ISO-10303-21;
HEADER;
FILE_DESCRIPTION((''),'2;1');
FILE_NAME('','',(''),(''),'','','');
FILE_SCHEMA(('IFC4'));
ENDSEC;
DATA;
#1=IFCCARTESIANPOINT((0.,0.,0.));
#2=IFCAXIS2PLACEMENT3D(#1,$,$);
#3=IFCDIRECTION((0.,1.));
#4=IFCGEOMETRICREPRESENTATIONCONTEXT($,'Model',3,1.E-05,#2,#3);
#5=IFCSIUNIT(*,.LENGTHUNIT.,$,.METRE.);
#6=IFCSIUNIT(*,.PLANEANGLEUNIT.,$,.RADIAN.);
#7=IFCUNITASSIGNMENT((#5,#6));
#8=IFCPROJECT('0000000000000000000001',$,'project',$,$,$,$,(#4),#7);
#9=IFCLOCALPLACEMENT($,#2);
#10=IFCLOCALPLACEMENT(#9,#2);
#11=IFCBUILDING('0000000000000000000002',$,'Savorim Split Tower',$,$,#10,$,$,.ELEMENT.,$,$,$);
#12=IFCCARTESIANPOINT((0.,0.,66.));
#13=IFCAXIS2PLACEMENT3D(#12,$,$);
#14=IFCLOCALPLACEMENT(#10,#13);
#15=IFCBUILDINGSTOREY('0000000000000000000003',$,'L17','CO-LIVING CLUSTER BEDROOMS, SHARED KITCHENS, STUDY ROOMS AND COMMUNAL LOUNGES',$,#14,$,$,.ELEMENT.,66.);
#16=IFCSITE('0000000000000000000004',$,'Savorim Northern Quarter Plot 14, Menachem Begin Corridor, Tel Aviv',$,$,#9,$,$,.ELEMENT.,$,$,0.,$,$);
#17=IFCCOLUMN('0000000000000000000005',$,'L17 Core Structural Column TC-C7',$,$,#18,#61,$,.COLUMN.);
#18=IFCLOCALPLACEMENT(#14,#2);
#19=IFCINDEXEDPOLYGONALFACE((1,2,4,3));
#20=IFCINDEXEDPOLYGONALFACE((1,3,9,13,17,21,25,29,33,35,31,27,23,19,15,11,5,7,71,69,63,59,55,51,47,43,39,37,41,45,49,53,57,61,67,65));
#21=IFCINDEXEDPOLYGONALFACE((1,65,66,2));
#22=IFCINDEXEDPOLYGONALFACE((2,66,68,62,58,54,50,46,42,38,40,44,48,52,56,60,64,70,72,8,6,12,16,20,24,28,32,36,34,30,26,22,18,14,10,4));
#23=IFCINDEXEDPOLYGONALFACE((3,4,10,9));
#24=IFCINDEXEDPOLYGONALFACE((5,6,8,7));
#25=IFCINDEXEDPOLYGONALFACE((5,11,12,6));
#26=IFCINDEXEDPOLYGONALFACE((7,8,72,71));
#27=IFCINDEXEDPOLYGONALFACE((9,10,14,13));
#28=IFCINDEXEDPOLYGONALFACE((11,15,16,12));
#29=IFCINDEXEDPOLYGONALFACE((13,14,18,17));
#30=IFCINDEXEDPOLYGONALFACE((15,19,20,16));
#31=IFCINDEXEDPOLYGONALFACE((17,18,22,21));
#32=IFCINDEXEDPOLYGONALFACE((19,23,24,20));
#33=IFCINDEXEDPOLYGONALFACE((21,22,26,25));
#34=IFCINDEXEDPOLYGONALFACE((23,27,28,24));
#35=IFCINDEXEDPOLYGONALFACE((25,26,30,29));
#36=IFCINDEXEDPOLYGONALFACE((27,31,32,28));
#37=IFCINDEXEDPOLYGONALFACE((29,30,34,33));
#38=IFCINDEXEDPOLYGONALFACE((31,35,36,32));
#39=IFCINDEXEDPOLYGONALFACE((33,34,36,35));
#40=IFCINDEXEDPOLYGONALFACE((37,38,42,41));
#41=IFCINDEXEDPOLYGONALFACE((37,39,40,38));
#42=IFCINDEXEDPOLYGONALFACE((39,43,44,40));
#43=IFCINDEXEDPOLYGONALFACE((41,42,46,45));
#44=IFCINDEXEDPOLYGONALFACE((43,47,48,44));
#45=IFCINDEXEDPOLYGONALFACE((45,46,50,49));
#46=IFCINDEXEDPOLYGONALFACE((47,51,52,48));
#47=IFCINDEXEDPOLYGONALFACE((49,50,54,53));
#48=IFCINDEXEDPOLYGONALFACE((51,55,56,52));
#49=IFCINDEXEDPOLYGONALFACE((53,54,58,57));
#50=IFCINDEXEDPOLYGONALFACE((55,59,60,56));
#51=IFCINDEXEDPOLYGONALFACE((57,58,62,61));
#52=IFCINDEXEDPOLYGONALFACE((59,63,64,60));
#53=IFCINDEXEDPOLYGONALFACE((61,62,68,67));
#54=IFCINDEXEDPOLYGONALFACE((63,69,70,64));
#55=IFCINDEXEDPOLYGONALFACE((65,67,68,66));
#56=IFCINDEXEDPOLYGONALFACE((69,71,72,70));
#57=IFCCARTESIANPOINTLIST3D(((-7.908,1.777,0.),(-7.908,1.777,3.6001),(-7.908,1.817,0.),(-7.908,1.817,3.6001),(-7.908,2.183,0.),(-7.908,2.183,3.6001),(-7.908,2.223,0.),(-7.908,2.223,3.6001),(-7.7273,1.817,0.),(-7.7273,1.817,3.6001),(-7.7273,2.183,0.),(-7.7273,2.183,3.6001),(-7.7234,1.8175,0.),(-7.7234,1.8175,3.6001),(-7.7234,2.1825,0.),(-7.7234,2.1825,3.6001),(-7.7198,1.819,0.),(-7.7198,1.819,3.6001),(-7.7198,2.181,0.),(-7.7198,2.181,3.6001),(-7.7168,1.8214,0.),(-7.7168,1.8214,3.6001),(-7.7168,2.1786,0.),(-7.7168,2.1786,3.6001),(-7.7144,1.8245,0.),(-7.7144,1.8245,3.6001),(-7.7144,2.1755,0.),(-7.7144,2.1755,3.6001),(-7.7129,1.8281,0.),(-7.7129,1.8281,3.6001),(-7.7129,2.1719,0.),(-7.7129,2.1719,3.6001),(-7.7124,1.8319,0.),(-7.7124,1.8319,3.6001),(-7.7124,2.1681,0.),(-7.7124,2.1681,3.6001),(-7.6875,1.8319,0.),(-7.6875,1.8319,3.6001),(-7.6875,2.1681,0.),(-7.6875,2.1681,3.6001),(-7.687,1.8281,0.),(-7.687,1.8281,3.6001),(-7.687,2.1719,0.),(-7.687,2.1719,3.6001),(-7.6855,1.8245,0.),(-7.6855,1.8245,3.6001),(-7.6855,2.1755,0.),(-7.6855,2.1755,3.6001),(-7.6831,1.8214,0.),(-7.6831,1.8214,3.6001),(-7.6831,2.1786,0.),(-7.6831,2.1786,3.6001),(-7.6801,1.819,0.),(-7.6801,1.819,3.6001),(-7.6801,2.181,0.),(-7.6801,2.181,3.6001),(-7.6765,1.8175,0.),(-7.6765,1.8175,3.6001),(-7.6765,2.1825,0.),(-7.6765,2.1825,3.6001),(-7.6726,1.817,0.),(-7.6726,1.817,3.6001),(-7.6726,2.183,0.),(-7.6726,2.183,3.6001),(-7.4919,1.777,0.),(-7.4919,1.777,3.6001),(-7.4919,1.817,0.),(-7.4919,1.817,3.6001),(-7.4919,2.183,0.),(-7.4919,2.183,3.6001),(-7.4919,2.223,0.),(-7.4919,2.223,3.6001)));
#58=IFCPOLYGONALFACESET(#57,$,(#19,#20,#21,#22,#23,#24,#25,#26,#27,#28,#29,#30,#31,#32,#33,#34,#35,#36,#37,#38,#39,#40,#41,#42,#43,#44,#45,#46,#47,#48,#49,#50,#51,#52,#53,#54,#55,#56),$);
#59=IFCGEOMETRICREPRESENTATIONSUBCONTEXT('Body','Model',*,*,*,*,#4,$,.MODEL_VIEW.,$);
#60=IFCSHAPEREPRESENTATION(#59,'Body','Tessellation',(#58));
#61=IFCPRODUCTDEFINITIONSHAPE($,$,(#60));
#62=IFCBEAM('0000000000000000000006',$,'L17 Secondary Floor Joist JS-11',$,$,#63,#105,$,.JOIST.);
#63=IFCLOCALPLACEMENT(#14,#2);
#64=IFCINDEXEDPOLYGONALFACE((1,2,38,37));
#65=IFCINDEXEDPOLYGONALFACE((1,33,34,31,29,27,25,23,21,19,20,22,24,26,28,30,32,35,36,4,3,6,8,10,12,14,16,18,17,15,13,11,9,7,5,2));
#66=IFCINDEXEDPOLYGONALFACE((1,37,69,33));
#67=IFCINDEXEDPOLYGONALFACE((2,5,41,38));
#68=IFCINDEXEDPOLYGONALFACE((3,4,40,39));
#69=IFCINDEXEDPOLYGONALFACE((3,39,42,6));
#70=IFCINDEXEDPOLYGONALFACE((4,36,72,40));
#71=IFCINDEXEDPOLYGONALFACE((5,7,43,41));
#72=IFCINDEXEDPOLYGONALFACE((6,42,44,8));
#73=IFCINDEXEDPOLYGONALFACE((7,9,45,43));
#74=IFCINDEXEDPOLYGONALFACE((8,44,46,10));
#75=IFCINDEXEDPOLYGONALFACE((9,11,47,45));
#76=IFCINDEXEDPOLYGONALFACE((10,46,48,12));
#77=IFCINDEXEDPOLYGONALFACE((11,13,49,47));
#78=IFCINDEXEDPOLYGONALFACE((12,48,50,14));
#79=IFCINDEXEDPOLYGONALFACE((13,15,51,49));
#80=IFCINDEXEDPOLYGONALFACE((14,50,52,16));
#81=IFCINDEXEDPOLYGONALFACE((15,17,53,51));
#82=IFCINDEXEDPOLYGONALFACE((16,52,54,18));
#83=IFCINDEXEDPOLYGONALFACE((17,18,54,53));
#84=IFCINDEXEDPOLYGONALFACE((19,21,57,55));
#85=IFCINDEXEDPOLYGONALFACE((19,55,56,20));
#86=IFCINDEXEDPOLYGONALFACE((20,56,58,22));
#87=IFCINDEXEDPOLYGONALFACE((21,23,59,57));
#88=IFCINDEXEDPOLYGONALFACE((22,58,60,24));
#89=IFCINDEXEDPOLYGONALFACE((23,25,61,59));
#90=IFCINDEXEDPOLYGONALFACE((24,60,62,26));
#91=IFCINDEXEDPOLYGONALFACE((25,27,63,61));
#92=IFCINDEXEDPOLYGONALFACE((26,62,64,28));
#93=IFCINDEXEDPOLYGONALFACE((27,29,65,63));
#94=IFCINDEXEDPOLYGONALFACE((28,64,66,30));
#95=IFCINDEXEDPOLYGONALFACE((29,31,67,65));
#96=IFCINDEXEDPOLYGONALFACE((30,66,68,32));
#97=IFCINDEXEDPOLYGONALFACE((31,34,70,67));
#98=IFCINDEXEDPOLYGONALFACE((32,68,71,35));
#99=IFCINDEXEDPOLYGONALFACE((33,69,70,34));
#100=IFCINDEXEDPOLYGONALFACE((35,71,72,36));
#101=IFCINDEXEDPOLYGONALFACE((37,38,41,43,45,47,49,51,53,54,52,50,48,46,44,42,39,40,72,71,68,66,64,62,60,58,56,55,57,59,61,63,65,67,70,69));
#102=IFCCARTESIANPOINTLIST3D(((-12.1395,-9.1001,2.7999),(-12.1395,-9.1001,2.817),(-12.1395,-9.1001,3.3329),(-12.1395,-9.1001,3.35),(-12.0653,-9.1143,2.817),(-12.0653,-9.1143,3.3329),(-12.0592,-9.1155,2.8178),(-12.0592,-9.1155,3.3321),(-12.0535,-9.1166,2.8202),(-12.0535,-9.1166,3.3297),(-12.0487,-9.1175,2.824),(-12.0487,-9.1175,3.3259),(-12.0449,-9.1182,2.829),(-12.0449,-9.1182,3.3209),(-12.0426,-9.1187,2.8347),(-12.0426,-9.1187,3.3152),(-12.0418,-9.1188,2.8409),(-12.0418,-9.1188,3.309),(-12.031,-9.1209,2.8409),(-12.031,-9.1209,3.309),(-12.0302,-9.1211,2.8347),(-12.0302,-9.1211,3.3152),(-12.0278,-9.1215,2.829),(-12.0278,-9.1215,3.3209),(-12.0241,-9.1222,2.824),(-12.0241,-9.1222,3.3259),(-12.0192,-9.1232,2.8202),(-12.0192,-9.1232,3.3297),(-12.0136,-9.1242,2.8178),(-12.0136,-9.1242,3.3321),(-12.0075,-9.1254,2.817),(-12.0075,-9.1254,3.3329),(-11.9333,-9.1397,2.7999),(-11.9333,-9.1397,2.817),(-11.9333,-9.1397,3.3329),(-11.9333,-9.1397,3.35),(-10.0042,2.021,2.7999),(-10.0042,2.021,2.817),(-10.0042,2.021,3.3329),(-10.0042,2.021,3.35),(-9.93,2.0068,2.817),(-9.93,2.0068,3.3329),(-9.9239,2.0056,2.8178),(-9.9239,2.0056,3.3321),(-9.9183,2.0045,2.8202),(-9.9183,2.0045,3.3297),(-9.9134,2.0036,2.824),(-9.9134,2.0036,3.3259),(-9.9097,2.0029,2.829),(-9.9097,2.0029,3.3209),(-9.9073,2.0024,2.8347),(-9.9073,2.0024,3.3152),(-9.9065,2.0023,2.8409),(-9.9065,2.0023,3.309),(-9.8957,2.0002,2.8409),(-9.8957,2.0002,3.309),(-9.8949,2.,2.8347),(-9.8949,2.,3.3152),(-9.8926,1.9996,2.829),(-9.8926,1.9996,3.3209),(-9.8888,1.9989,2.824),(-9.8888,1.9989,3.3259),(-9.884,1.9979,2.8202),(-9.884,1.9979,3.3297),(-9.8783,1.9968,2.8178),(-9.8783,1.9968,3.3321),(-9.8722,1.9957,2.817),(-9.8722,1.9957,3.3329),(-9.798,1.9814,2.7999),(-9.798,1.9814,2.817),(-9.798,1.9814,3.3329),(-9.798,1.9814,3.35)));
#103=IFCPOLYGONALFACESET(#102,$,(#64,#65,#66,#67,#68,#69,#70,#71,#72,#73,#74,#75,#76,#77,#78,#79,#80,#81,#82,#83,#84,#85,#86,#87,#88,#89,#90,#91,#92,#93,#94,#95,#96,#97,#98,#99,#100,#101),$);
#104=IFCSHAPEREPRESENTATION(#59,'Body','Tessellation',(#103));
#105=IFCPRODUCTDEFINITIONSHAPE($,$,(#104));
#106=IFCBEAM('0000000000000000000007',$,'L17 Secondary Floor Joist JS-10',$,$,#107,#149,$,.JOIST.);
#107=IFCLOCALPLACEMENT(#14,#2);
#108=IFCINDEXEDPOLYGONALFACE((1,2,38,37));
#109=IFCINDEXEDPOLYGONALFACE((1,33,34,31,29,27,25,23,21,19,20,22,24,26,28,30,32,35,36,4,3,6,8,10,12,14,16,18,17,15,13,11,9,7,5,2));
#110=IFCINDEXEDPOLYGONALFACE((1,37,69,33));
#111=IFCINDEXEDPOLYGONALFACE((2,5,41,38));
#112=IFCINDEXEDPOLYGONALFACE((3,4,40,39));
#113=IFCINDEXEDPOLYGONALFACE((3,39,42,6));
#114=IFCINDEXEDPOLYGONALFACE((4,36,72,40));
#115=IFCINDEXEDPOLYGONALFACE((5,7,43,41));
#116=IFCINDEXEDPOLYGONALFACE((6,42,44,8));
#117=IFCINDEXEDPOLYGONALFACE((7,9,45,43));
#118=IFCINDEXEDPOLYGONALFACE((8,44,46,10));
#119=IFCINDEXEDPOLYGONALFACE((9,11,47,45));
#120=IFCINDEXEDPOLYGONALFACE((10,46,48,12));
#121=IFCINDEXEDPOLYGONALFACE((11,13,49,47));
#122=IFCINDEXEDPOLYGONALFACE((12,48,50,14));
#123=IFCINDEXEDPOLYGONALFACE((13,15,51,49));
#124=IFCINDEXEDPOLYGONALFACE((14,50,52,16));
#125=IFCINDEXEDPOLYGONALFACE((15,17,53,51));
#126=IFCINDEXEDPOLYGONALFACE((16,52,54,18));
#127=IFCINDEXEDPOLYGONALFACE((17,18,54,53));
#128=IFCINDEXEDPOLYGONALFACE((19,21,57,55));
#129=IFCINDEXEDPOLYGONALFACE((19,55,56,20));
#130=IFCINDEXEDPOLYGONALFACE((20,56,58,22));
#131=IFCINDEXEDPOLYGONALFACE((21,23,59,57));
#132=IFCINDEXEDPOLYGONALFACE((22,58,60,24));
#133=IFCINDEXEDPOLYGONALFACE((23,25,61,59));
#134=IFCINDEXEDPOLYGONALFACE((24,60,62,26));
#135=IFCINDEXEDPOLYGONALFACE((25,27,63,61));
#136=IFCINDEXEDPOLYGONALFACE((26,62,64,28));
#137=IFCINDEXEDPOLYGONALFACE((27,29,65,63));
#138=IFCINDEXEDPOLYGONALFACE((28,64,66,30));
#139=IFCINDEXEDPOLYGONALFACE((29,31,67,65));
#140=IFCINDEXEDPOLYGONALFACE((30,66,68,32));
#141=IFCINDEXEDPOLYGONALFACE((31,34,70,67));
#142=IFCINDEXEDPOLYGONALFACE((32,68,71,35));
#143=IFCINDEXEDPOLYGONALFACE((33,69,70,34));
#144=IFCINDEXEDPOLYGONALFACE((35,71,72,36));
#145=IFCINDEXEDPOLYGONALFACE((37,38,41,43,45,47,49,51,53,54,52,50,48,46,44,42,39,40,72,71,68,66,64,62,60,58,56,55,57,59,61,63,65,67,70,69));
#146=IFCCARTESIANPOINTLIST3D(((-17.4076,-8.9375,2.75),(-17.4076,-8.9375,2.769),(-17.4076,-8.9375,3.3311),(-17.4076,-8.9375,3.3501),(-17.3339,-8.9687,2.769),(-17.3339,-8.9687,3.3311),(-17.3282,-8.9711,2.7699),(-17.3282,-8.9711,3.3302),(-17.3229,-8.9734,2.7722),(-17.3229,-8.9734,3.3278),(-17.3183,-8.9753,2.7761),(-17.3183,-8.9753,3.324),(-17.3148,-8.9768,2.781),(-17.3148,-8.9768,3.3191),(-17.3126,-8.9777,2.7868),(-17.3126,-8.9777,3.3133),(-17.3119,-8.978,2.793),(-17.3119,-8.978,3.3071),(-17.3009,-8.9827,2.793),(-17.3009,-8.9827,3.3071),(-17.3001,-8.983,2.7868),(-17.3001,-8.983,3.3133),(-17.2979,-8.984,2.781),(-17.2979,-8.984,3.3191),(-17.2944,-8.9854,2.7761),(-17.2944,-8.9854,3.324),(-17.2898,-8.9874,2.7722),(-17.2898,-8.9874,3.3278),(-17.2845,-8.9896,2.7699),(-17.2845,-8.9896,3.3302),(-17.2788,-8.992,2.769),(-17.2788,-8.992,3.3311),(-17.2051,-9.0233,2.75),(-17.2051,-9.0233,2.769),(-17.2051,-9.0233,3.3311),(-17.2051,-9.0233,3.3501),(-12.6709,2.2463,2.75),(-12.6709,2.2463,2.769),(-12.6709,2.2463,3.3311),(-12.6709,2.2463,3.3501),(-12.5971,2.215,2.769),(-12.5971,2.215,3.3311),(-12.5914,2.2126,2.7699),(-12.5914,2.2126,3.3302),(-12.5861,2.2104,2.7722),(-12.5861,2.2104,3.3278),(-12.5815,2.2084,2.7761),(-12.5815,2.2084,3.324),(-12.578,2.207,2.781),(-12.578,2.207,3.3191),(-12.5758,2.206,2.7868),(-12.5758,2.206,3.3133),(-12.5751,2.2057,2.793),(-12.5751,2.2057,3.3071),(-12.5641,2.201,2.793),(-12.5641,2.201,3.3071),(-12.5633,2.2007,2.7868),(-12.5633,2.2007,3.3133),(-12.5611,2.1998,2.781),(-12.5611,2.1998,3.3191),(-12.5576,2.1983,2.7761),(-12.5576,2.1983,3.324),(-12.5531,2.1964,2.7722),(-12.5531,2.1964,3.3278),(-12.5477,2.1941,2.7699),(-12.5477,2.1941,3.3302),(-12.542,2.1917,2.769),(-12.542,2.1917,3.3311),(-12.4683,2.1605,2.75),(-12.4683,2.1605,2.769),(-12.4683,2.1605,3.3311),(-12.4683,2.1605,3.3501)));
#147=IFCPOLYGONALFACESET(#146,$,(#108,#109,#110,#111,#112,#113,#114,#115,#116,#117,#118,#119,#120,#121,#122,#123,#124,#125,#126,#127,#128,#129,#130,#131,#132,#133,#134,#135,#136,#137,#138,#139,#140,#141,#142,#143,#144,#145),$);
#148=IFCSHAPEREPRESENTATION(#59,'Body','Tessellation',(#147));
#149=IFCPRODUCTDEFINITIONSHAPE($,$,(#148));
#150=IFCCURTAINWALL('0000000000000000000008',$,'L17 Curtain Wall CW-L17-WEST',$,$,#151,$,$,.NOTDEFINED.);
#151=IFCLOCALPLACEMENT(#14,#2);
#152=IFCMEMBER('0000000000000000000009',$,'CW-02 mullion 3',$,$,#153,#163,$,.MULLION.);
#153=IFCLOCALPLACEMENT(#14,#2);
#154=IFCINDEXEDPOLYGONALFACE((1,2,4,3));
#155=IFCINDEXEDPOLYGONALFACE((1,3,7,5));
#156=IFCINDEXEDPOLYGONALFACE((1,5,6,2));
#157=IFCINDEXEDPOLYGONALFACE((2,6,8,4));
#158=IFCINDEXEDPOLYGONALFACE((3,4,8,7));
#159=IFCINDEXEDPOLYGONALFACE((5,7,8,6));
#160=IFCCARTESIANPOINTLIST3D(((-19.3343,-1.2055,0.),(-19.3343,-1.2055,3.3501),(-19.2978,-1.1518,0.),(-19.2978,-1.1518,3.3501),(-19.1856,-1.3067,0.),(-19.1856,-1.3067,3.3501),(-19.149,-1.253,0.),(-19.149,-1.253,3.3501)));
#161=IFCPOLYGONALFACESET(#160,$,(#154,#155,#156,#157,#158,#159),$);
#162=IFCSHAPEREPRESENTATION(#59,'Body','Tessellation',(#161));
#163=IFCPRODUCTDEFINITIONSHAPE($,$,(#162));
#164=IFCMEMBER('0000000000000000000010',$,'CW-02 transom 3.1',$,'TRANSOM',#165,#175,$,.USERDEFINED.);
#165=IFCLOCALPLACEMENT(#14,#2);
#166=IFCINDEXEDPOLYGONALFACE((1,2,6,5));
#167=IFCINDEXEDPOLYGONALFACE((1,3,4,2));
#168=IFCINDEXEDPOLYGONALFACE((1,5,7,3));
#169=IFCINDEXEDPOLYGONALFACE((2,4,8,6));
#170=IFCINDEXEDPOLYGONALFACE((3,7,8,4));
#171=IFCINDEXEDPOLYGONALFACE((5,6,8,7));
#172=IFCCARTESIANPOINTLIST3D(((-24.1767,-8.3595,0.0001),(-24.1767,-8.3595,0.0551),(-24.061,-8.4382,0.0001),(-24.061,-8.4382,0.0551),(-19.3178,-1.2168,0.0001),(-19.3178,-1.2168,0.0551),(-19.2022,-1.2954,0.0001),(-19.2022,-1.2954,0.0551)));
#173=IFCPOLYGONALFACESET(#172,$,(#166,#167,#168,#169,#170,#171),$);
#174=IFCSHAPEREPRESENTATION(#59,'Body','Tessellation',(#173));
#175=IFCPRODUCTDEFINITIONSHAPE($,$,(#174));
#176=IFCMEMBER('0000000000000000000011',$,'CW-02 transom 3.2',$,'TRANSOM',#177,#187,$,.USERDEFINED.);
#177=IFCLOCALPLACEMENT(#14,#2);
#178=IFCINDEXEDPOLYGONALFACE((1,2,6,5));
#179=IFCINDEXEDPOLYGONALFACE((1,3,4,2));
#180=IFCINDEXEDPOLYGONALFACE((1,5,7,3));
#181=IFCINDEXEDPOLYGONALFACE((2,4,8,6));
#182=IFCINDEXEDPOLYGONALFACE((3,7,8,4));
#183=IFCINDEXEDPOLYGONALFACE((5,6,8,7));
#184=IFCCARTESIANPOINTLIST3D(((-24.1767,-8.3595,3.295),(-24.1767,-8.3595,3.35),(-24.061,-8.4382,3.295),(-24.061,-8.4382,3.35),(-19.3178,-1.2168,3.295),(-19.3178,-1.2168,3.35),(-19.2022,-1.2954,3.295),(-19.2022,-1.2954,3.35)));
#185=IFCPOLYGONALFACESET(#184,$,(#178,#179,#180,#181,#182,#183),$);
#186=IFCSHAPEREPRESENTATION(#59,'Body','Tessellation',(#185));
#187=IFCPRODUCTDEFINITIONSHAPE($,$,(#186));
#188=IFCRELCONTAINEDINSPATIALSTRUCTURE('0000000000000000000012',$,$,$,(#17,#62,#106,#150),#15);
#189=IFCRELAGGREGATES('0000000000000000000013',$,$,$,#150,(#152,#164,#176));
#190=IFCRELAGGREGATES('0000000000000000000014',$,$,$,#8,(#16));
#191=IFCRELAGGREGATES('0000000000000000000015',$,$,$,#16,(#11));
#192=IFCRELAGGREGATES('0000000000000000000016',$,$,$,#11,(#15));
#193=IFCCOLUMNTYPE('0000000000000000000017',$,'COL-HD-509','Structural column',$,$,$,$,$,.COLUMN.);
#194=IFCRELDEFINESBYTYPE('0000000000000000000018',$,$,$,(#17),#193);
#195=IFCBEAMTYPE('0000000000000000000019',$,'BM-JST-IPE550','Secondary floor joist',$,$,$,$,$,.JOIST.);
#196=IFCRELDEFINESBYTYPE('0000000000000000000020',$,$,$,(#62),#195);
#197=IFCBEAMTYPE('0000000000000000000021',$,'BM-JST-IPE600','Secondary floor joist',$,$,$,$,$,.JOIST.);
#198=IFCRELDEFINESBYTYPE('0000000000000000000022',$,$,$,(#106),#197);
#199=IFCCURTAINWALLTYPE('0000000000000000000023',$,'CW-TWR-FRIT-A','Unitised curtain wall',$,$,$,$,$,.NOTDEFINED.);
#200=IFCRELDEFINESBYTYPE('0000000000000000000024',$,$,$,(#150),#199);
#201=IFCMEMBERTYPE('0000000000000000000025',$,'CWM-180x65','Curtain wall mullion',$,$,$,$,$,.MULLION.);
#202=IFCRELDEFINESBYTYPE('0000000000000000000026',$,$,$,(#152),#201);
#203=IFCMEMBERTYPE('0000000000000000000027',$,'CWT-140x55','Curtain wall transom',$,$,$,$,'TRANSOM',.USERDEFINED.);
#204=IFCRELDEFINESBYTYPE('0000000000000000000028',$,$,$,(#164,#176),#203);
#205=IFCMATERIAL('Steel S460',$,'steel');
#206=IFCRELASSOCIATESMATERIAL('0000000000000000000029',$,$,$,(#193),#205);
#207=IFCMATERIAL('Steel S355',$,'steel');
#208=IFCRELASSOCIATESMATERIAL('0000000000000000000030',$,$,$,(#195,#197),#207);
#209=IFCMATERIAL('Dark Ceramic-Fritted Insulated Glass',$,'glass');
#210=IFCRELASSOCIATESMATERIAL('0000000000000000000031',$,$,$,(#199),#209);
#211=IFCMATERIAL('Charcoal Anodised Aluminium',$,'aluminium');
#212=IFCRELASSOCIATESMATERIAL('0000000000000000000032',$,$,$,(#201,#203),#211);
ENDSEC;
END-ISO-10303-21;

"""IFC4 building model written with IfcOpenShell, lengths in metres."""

from ifc_helpers import new_model, si_unit, direction, frame, origin, origin_2d, place, context, subcontext, project, spatial, rectangle, i_section, extrude, material, material_profile, profile_set, type_object, element, aggregate, save


model = new_model("IFC4")

# Units and contexts
model_context = context("Model", 3, precision=1e-05, world=origin(), true_north=direction((0.0, 1.0)))
body_context = subcontext(model_context, "Body", "Model", "MODEL_VIEW")
ifc_project = project(units=[si_unit("LENGTHUNIT", "METRE"), si_unit("PLANEANGLEUNIT", "RADIAN")], contexts=[model_context])

# Site, building, storey
site_placement = place(None, origin())
site = spatial("IfcSite", under=ifc_project, at=site_placement, Name="Savorim Northern Quarter Plot 14, Menachem Begin Corridor, Tel Aviv", CompositionType="ELEMENT", RefElevation=0.0)
building_placement = place(site_placement, origin())
building = spatial("IfcBuilding", under=site, at=building_placement, Name="Savorim Split Tower", CompositionType="ELEMENT")
storey_placement = place(building_placement, frame((0.0, 0.0, 66.0)))
storey = spatial("IfcBuildingStorey", under=building, at=storey_placement, Name="L17", Description="CO-LIVING CLUSTER BEDROOMS, SHARED KITCHENS, STUDY ROOMS AND COMMUNAL LOUNGES", CompositionType="ELEMENT", Elevation=66.0)

# Column
ifc_material_1 = material(Name="Steel S460", Category="steel")
ifc_material_profile_1 = material_profile(ifc_material_1, i_section(OverallWidth=0.416, OverallDepth=0.446, WebThickness=0.0249, FlangeThickness=0.04, FilletRadius=0.0149, at=origin_2d()), Name="HD 400x509")
ifc_profile_set_1 = profile_set([ifc_material_profile_1], Name="Steel S460")
column_type = type_object("IfcColumnType", Name="COL-HD-509", Description="Structural column", PredefinedType="COLUMN", material=ifc_profile_set_1)
column_placement = place(storey_placement, frame((-7.7, 2.0, 0.0), z_axis=(0.0, 0.0, 1.0), x_axis=(1.0, 0.0, 0.0)))
element("IfcColumn", 1, at=column_placement, inside=storey, type_object=column_type, Name="L17 Core Structural Column TC-C7", PredefinedType="COLUMN", context=body_context, shape_type="SweptSolid", body=[
    extrude(i_section(OverallWidth=0.416, OverallDepth=0.446, WebThickness=0.0249, FlangeThickness=0.04, FilletRadius=0.0149, at=origin_2d()), origin(), (0.0, 0.0, 1.0), 3.6001),
])

# Beams
ifc_material_2 = material(Name="Steel S355", Category="steel")
ifc_material_profile_2 = material_profile(ifc_material_2, i_section(OverallWidth=0.21, OverallDepth=0.55, WebThickness=0.011, FlangeThickness=0.0171, FilletRadius=0.0239, at=origin_2d()), Name="IPE 550")
ifc_profile_set_2 = profile_set([ifc_material_profile_2], Name="Steel S355")
beam_type_1 = type_object("IfcBeamType", Name="BM-JST-IPE550", Description="Secondary floor joist", PredefinedType="JOIST", material=ifc_profile_set_2)
beam_1_placement = place(storey_placement, frame((-9.9011, 2.0012, 3.075), z_axis=(-0.188556, -0.982062, 0.0), x_axis=(0.982062, -0.188556, 0.0)))
element("IfcBeam", 2, at=beam_1_placement, inside=storey, type_object=beam_type_1, Name="L17 Secondary Floor Joist JS-11", PredefinedType="JOIST", context=body_context, shape_type="SweptSolid", body=[
    extrude(i_section(OverallWidth=0.21, OverallDepth=0.55, WebThickness=0.011, FlangeThickness=0.0171, FilletRadius=0.0239, at=origin_2d()), origin(), (0.0, 0.0, 1.0), 11.3242),
])
ifc_material_profile_3 = material_profile(ifc_material_2, i_section(OverallWidth=0.22, OverallDepth=0.6001, WebThickness=0.012, FlangeThickness=0.019, FilletRadius=0.0239, at=origin_2d()), Name="IPE 600")
ifc_profile_set_3 = profile_set([ifc_material_profile_3], Name="Steel S355")
beam_type_2 = type_object("IfcBeamType", Name="BM-JST-IPE600", Description="Secondary floor joist", PredefinedType="JOIST", material=ifc_profile_set_3)
beam_2_placement = place(storey_placement, frame((-12.5696, 2.2034, 3.05), z_axis=(-0.390003, -0.920814, 0.0), x_axis=(0.920814, -0.390003, 0.0)))
element("IfcBeam", 3, at=beam_2_placement, inside=storey, type_object=beam_type_2, Name="L17 Secondary Floor Joist JS-10", PredefinedType="JOIST", context=body_context, shape_type="SweptSolid", body=[
    extrude(i_section(OverallWidth=0.22, OverallDepth=0.6001, WebThickness=0.012, FlangeThickness=0.019, FilletRadius=0.0239, at=origin_2d()), origin(), (0.0, 0.0, 1.0), 12.1455),
])

# Curtain wall, members
ifc_material_3 = material(Name="Dark Ceramic-Fritted Insulated Glass", Category="glass")
curtain_wall_type = type_object("IfcCurtainWallType", Name="CW-TWR-FRIT-A", Description="Unitised curtain wall", PredefinedType="NOTDEFINED", material=ifc_material_3)
curtain_wall_placement = place(storey_placement, origin())
curtain_wall = element("IfcCurtainWall", 4, at=curtain_wall_placement, inside=storey, type_object=curtain_wall_type, Name="L17 Curtain Wall CW-L17-WEST", PredefinedType="NOTDEFINED")
ifc_material_4 = material(Name="Charcoal Anodised Aluminium", Category="aluminium")
ifc_material_profile_4 = material_profile(ifc_material_4, rectangle(XDim=0.1799, YDim=0.0649, at=origin_2d()), Name="ALU-M 180x65")
ifc_profile_set_4 = profile_set([ifc_material_profile_4], Name="Charcoal Anodised Aluminium")
member_type_1 = type_object("IfcMemberType", Name="CWM-180x65", Description="Curtain wall mullion", PredefinedType="MULLION", material=ifc_profile_set_4)
member_1_placement = place(storey_placement, frame((-19.2417, -1.2292, 0.0), z_axis=(0.0, 0.0, 1.0), x_axis=(0.82682, -0.562466, 0.0)))
member_1 = element("IfcMember", 5, at=member_1_placement, type_object=member_type_1, Name="CW-02 mullion 3", PredefinedType="MULLION", context=body_context, shape_type="SweptSolid", body=[
    extrude(rectangle(XDim=0.1799, YDim=0.0649, at=origin_2d()), origin(), (0.0, 0.0, 1.0), 3.3501),
])
ifc_material_profile_5 = material_profile(ifc_material_4, rectangle(XDim=0.1399, YDim=0.0549, at=origin_2d()), Name="ALU-T 140x55")
ifc_profile_set_5 = profile_set([ifc_material_profile_5], Name="Charcoal Anodised Aluminium")
member_type_2 = type_object("IfcMemberType", Name="CWT-140x55", Description="Curtain wall transom", ElementType="TRANSOM", PredefinedType="USERDEFINED", material=ifc_profile_set_5)
member_2_placement = place(storey_placement, frame((-19.26, -1.2561, 0.0276), z_axis=(-0.56245, -0.826831, 0.0), x_axis=(0.826831, -0.56245, 0.0)))
member_2 = element("IfcMember", 6, at=member_2_placement, type_object=member_type_2, Name="CW-02 transom 3.1", ObjectType="TRANSOM", PredefinedType="USERDEFINED", context=body_context, shape_type="SweptSolid", body=[
    extrude(rectangle(XDim=0.1399, YDim=0.0549, at=origin_2d()), origin(), (0.0, 0.0, 1.0), 8.6387),
])
member_3_placement = place(storey_placement, frame((-19.26, -1.2561, 3.3225), z_axis=(-0.56245, -0.826831, 0.0), x_axis=(0.826831, -0.56245, 0.0)))
member_3 = element("IfcMember", 7, at=member_3_placement, type_object=member_type_2, Name="CW-02 transom 3.2", ObjectType="TRANSOM", PredefinedType="USERDEFINED", context=body_context, shape_type="SweptSolid", body=[
    extrude(rectangle(XDim=0.1399, YDim=0.0549, at=origin_2d()), origin(), (0.0, 0.0, 1.0), 8.6387),
])
aggregate(curtain_wall, [member_1, member_2, member_3])

save(model, "model.ifc")
